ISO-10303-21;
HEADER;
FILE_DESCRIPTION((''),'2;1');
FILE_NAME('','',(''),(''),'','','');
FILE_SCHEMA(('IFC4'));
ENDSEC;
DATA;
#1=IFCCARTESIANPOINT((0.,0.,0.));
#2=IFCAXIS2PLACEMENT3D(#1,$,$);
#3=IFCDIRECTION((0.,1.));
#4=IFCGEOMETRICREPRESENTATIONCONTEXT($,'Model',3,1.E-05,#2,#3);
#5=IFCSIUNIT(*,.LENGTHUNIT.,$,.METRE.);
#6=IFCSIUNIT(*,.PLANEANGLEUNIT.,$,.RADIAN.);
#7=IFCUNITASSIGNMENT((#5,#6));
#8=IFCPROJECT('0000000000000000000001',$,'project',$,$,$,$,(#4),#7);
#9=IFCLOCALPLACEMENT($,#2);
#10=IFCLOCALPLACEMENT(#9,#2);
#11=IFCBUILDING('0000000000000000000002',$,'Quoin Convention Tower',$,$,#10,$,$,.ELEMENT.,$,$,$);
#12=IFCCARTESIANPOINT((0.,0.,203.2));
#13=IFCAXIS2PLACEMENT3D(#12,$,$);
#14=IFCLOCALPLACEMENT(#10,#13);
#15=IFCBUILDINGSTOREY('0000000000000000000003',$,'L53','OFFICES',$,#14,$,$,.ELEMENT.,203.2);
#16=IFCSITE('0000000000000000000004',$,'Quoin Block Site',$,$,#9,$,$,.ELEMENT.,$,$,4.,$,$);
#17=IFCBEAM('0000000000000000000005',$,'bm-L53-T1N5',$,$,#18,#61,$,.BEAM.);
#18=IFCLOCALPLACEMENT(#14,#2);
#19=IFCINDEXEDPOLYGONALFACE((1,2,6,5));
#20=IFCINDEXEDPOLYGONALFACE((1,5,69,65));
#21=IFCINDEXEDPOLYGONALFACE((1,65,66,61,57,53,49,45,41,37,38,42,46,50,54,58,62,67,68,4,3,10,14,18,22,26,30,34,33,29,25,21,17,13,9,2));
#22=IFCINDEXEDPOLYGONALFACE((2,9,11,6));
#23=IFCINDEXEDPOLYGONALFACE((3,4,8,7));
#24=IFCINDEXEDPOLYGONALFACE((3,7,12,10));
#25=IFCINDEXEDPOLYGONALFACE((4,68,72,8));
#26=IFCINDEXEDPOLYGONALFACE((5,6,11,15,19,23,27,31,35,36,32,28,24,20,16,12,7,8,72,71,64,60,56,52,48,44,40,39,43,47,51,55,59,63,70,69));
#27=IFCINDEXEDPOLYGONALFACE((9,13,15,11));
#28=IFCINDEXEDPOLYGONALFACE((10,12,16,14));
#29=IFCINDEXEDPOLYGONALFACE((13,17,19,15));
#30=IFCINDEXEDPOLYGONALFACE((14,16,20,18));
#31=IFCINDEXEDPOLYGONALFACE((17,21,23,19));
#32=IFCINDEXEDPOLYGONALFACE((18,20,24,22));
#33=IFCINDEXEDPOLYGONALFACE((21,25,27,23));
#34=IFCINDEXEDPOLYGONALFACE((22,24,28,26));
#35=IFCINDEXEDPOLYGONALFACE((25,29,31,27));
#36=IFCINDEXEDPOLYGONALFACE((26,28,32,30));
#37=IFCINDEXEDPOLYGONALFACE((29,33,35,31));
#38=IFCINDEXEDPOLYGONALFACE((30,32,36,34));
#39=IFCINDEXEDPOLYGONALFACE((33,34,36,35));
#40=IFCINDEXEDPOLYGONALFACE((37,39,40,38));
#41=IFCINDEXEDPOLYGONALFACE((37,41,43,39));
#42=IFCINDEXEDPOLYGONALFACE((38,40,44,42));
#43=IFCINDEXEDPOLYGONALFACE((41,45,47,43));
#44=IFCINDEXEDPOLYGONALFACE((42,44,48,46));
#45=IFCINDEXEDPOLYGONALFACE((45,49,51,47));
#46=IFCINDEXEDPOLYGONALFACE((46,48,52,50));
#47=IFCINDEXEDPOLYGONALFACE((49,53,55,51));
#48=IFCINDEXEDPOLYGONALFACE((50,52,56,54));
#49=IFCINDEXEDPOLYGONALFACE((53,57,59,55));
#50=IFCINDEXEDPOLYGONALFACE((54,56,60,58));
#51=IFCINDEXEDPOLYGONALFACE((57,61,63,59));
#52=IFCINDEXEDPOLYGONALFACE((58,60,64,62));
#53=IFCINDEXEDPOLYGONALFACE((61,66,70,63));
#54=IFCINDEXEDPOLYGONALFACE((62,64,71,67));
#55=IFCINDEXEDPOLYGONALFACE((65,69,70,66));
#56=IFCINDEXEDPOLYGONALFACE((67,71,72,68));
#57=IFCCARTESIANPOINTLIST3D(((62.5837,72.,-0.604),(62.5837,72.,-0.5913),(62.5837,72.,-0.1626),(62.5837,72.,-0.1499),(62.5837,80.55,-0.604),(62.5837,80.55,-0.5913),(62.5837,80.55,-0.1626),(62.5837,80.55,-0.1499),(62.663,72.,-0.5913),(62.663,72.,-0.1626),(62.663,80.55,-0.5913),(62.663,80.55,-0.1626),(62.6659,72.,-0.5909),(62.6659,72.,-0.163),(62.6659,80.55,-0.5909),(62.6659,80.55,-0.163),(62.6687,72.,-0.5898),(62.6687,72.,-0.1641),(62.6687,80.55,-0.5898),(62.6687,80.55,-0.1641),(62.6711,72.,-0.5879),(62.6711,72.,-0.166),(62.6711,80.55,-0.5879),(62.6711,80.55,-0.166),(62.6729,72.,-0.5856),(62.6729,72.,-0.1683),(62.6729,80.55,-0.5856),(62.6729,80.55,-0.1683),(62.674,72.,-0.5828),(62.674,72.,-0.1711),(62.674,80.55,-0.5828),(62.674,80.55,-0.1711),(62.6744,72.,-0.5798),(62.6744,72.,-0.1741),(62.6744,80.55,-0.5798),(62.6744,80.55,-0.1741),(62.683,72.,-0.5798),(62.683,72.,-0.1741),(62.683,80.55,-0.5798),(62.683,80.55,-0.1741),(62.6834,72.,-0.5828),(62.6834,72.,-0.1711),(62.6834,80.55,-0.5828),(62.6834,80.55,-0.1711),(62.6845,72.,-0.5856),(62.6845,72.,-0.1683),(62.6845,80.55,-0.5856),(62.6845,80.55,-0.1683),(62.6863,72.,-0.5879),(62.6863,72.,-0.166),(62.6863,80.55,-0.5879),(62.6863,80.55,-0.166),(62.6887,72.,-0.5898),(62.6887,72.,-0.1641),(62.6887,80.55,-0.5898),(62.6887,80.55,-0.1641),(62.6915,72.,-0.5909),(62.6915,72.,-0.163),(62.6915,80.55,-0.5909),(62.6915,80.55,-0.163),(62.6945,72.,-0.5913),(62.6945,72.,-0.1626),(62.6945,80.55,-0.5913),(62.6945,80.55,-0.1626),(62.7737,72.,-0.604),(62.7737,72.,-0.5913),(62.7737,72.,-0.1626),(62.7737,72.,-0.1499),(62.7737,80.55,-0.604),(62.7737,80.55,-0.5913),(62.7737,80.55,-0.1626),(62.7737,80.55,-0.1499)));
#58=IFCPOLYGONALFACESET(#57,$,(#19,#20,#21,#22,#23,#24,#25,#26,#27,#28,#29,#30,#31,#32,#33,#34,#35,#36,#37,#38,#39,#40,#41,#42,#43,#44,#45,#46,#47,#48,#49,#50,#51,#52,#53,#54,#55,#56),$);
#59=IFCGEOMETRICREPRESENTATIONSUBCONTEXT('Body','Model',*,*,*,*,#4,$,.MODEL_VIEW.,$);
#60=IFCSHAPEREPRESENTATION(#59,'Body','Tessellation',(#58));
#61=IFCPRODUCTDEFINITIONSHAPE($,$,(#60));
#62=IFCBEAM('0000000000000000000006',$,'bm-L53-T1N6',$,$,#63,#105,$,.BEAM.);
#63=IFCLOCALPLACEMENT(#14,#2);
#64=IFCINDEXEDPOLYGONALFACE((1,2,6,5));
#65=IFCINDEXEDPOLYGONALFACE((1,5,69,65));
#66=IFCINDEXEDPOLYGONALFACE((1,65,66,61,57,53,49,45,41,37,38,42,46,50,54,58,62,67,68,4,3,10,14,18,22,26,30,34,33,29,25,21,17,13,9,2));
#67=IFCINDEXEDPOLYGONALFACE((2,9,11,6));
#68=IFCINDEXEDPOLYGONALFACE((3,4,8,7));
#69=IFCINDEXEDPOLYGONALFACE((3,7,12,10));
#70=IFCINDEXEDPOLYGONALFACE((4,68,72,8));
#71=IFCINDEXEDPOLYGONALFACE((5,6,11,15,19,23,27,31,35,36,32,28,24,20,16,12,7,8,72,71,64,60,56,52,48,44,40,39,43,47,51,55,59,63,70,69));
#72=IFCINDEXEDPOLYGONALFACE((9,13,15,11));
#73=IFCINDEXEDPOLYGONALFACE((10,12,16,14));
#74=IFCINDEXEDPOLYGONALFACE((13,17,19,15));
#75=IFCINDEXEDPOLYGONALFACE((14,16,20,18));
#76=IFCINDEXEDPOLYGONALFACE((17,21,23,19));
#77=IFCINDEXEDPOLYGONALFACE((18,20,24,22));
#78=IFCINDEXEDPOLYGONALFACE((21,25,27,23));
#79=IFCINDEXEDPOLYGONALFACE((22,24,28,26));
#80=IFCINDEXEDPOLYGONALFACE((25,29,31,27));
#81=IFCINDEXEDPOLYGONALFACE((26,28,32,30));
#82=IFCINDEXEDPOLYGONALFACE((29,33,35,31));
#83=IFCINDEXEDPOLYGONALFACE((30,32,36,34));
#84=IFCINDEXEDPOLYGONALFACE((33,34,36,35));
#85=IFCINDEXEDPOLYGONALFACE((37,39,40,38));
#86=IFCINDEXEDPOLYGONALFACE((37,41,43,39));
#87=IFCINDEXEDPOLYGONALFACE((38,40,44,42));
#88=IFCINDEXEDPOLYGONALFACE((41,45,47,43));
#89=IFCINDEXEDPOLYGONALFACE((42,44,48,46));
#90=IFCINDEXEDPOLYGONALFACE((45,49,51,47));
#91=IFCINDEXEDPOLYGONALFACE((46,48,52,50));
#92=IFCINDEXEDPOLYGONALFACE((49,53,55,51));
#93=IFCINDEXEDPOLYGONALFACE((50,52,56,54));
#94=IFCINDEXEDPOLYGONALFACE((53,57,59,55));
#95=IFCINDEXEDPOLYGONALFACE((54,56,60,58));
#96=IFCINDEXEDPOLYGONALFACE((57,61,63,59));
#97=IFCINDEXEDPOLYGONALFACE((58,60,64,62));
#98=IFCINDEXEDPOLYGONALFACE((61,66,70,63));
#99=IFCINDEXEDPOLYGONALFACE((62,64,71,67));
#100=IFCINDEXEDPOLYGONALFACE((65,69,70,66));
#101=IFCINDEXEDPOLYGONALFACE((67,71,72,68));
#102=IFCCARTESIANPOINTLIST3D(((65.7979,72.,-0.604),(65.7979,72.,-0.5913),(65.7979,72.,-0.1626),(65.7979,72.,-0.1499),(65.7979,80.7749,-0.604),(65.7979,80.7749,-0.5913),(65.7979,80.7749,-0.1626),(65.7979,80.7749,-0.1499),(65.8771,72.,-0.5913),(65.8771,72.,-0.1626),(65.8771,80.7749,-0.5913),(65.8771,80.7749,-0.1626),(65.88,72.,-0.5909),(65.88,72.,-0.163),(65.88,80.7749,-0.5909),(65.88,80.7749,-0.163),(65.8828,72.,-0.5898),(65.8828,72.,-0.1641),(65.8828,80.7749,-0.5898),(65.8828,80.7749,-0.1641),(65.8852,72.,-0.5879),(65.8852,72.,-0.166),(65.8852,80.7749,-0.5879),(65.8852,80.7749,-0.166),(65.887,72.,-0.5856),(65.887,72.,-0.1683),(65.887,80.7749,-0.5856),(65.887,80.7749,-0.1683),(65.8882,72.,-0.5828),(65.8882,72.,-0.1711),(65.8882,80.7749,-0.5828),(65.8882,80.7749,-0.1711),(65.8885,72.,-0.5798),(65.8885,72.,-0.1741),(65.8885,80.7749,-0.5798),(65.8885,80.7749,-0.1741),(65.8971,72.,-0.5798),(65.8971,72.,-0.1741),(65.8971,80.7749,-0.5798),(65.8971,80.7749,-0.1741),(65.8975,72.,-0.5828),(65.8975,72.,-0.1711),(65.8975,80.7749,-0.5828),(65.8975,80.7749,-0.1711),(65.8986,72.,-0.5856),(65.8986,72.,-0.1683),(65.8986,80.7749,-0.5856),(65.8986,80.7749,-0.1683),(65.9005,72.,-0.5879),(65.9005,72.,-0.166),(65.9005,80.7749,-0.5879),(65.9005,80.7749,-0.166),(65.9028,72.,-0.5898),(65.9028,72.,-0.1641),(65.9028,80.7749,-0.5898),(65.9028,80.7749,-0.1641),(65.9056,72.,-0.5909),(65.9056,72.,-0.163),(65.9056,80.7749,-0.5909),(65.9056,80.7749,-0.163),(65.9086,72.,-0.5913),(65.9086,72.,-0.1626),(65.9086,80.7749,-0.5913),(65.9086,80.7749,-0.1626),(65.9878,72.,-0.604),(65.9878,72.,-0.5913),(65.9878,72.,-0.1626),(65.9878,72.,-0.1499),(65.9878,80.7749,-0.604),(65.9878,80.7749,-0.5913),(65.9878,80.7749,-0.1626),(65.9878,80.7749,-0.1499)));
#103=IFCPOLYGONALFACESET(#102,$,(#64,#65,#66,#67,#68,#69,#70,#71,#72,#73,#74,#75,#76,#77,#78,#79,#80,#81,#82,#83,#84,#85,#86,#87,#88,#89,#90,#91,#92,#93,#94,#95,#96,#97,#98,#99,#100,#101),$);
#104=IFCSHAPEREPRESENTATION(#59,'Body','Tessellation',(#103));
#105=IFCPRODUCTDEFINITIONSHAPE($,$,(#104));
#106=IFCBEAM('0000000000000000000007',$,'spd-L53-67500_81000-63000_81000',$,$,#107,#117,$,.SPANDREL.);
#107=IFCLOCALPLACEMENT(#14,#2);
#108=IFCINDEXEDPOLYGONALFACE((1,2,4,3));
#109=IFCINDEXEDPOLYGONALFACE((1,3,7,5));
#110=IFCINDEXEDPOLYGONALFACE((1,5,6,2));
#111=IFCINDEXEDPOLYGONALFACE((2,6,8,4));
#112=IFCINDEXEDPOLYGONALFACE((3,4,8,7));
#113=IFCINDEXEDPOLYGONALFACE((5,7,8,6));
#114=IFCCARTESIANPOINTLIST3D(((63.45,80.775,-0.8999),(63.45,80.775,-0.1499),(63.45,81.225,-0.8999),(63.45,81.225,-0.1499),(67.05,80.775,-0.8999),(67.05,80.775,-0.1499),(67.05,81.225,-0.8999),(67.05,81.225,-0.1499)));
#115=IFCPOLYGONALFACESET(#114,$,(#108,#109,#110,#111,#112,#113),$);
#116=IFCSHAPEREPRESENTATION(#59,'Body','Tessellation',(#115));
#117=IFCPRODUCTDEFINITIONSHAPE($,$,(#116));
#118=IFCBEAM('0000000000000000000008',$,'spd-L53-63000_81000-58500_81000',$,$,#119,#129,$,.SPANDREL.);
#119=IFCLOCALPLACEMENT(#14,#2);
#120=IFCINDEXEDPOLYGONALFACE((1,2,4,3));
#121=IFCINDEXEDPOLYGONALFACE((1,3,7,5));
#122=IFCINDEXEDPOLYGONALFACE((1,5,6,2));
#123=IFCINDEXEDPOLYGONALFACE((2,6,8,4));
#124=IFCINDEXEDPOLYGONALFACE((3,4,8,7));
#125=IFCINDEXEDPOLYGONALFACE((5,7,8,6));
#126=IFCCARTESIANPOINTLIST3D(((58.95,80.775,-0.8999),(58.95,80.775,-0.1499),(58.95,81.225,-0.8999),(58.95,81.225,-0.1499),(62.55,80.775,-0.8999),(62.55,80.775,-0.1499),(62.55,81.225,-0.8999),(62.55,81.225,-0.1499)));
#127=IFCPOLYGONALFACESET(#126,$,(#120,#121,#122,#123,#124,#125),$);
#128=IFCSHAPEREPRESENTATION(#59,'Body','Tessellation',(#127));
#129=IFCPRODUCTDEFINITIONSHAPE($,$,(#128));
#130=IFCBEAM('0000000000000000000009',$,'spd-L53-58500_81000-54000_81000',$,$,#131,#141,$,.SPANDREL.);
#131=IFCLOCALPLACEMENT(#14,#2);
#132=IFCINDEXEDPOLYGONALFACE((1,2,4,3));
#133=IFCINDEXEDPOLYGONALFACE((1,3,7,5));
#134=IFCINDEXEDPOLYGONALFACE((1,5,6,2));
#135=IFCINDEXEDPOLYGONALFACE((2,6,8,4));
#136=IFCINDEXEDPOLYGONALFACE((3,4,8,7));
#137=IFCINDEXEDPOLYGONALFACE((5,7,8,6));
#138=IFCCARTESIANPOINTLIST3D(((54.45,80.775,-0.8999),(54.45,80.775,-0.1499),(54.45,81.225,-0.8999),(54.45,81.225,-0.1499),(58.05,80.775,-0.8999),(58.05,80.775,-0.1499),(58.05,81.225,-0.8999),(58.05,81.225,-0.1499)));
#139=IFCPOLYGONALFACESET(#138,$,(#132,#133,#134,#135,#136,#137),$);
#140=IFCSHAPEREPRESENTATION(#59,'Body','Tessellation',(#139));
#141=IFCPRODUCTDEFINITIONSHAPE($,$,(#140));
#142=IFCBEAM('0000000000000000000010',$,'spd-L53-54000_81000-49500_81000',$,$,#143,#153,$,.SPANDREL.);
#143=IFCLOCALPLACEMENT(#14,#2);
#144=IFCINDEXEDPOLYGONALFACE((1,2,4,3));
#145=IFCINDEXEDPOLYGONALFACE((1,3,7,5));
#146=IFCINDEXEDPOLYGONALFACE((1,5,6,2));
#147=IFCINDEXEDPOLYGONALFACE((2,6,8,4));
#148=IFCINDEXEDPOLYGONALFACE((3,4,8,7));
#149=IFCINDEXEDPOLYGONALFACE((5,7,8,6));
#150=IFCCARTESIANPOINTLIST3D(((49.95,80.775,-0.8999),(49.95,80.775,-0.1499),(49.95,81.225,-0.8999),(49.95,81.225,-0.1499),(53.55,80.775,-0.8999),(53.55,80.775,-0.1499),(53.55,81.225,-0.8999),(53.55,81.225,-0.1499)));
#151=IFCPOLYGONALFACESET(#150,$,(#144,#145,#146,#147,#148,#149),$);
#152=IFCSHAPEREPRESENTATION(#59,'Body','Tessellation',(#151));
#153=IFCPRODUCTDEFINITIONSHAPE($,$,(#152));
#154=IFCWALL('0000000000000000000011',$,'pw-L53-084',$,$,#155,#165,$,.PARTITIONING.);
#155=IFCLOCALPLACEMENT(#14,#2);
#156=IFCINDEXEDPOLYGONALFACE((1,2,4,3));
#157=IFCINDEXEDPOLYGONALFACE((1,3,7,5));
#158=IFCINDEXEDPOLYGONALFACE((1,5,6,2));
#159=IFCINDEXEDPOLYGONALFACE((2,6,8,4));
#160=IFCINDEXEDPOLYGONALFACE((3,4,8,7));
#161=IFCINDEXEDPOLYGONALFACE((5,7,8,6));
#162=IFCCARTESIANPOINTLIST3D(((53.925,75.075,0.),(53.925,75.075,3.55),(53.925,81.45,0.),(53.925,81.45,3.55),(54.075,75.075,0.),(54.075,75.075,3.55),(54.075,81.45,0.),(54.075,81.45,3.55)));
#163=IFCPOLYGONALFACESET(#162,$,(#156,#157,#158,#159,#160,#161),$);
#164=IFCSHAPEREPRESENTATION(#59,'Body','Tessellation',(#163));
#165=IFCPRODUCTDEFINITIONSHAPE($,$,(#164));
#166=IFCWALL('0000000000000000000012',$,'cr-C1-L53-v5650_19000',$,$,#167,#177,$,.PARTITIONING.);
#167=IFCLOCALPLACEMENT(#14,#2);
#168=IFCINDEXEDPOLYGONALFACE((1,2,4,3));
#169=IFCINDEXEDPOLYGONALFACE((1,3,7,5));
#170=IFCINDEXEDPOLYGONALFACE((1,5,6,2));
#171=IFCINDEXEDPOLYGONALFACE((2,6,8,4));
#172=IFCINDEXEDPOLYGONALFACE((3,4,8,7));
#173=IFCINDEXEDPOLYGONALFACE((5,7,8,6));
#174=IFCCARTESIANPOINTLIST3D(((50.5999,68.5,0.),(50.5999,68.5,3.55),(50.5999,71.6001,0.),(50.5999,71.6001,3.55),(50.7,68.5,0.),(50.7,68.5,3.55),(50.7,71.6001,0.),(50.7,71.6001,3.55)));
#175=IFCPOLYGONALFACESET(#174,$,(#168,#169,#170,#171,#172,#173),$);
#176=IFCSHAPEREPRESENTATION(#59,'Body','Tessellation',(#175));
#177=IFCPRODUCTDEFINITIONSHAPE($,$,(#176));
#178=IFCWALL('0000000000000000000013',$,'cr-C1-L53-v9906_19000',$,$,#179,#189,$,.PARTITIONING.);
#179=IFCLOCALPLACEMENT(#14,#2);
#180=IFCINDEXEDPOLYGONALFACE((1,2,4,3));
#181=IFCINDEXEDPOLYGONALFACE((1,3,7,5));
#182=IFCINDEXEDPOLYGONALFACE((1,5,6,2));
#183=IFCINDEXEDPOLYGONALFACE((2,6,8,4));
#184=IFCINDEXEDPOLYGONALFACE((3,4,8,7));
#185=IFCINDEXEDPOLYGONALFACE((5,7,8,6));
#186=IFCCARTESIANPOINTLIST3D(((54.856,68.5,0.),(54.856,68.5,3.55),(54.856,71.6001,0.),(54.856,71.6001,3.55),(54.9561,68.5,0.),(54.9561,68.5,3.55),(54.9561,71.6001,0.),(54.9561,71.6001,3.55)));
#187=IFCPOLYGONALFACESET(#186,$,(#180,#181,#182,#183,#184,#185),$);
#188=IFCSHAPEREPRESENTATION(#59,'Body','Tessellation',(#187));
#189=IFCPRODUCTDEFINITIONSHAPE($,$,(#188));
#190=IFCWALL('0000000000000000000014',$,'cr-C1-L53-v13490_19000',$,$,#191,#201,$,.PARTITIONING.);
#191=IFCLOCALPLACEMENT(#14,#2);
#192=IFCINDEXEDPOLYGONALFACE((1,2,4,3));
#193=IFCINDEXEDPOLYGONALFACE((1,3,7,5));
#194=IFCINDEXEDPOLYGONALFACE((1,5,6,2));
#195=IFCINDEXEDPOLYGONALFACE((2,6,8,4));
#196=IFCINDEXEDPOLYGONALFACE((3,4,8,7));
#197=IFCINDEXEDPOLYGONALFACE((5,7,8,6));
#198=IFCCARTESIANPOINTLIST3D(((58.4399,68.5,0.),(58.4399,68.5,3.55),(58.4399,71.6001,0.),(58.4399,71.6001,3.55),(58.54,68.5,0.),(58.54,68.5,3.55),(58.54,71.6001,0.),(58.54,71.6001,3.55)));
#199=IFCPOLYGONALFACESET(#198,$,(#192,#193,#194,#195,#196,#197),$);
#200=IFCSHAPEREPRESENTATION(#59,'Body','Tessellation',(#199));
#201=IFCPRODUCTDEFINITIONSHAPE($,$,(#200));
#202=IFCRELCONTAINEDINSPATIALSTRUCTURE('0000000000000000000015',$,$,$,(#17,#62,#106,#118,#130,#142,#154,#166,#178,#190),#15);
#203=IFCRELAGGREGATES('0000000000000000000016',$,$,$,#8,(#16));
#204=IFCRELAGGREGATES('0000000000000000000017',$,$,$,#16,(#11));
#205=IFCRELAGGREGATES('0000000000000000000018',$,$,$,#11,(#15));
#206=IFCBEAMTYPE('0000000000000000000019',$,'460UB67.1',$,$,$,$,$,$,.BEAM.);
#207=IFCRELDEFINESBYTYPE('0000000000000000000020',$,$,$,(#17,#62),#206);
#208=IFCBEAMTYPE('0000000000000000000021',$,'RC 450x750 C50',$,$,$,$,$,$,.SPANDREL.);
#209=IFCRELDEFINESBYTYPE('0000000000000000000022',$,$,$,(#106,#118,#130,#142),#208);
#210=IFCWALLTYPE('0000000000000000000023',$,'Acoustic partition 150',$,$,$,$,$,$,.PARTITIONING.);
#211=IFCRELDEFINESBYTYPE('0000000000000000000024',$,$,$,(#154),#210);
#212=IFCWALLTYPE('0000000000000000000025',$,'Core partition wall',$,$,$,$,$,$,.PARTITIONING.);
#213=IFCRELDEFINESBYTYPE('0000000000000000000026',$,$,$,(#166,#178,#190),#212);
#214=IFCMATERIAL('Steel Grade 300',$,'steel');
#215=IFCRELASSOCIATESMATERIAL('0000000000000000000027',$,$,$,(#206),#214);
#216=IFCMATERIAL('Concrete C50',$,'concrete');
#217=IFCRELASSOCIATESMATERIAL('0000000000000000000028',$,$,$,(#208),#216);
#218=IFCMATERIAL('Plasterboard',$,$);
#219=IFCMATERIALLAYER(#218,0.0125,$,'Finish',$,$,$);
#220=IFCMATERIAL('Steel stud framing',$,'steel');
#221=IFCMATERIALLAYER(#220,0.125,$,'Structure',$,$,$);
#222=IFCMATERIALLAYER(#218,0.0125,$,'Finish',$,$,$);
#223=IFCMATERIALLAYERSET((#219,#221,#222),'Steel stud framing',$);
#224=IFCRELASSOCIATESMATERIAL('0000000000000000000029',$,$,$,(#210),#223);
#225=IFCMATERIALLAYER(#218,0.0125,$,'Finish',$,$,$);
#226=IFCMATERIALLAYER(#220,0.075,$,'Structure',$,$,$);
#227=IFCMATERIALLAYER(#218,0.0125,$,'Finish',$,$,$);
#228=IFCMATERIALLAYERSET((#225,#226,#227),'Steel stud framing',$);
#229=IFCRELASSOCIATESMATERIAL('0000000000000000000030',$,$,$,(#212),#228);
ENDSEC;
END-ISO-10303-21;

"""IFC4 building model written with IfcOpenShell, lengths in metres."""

from ifc_helpers import new_model, si_unit, direction, frame, frame_2d, origin, origin_2d, place, context, subcontext, project, spatial, rectangle, i_section, extrude, material, layer, layer_set, material_profile, profile_set, type_object, element, save


model = new_model("IFC4")

# Units and contexts
model_context = context("Model", 3, precision=1e-05, world=origin(), true_north=direction((0.0, 1.0)))
body_context = subcontext(model_context, "Body", "Model", "MODEL_VIEW")
ifc_project = project(units=[si_unit("LENGTHUNIT", "METRE"), si_unit("PLANEANGLEUNIT", "RADIAN")], contexts=[model_context])

# Site, building, storey
site_placement = place(None, origin())
site = spatial("IfcSite", under=ifc_project, at=site_placement, Name="Quoin Block Site", CompositionType="ELEMENT", RefElevation=4.0)
building_placement = place(site_placement, origin())
building = spatial("IfcBuilding", under=site, at=building_placement, Name="Quoin Convention Tower", CompositionType="ELEMENT")
storey_placement = place(building_placement, frame((0.0, 0.0, 203.2)))
storey = spatial("IfcBuildingStorey", under=building, at=storey_placement, Name="L53", Description="OFFICES", CompositionType="ELEMENT", Elevation=203.2)

# Shared definitions
ifc_material_1 = material(Name="Concrete C50", Category="concrete")

# Beams
ifc_material_2 = material(Name="Steel Grade 300", Category="steel")
ifc_material_profile_1 = material_profile(ifc_material_2, i_section(OverallWidth=0.1899, OverallDepth=0.4541, WebThickness=0.0085, FlangeThickness=0.0127, FilletRadius=0.0115, at=origin_2d()), Name="460UB67.1")
ifc_profile_set_1 = profile_set([ifc_material_profile_1], Name="Steel Grade 300")
beam_type_1 = type_object("IfcBeamType", Name="460UB67.1", PredefinedType="BEAM", material=ifc_profile_set_1)
beam_1_placement = place(storey_placement, frame((62.6787, 72.0, -0.377), z_axis=(0.0, 1.0, 0.0), x_axis=(-1.0, 0.0, 0.0)))
element("IfcBeam", 1, at=beam_1_placement, inside=storey, type_object=beam_type_1, Name="bm-L53-T1N5", PredefinedType="BEAM", context=body_context, shape_type="SweptSolid", body=[
    extrude(i_section(OverallWidth=0.1899, OverallDepth=0.4541, WebThickness=0.0085, FlangeThickness=0.0127, FilletRadius=0.0115, at=origin_2d()), origin(), (0.0, 0.0, 1.0), 8.55),
])
beam_2_placement = place(storey_placement, frame((65.8928, 72.0, -0.377), z_axis=(0.0, 1.0, 0.0), x_axis=(-1.0, 0.0, 0.0)))
element("IfcBeam", 2, at=beam_2_placement, inside=storey, type_object=beam_type_1, Name="bm-L53-T1N6", PredefinedType="BEAM", context=body_context, shape_type="SweptSolid", body=[
    extrude(i_section(OverallWidth=0.1899, OverallDepth=0.4541, WebThickness=0.0085, FlangeThickness=0.0127, FilletRadius=0.0115, at=origin_2d()), origin(), (0.0, 0.0, 1.0), 8.7749),
])
ifc_material_profile_2 = material_profile(ifc_material_1, rectangle(XDim=0.45, YDim=0.75, at=origin_2d()), Name="RC 450x750")
ifc_profile_set_2 = profile_set([ifc_material_profile_2], Name="Concrete C50")
beam_type_2 = type_object("IfcBeamType", Name="RC 450x750 C50", PredefinedType="SPANDREL", material=ifc_profile_set_2)
for number, where, z_axis, x_axis, name in (
    (3, (67.05, 81.0, -0.5249), (-1.0, 0.0, 0.0), (0.0, -1.0, 0.0), "spd-L53-67500_81000-63000_81000"),
    (4, (62.55, 81.0, -0.5249), (-1.0, 0.0, 0.0), (0.0, -1.0, 0.0), "spd-L53-63000_81000-58500_81000"),
    (5, (58.05, 81.0, -0.5249), (-1.0, 0.0, 0.0), (0.0, -1.0, 0.0), "spd-L53-58500_81000-54000_81000"),
    (6, (53.55, 81.0, -0.5249), (-1.0, 0.0, 0.0), (0.0, -1.0, 0.0), "spd-L53-54000_81000-49500_81000"),
):
    element("IfcBeam", number, at=place(storey_placement, frame(where, z_axis=z_axis, x_axis=x_axis)), inside=storey, type_object=beam_type_2, Name=name, PredefinedType="SPANDREL", context=body_context, shape_type="SweptSolid", body=[
        extrude(rectangle(XDim=0.45, YDim=0.75, at=origin_2d()), origin(), (0.0, 0.0, 1.0), 3.6001),
    ])

# Walls
ifc_material_3 = material(Name="Plasterboard")
ifc_layer_1 = layer(ifc_material_3, 0.0125, Name="Finish")
ifc_material_4 = material(Name="Steel stud framing", Category="steel")
ifc_layer_2 = layer(ifc_material_4, 0.125, Name="Structure")
ifc_layer_3 = layer(ifc_material_3, 0.0125, Name="Finish")
ifc_layer_set_1 = layer_set([ifc_layer_1, ifc_layer_2, ifc_layer_3], Name="Steel stud framing")
wall_type_1 = type_object("IfcWallType", Name="Acoustic partition 150", PredefinedType="PARTITIONING", material=ifc_layer_set_1)
wall_1_placement = place(storey_placement, frame((54.0, 75.075, 0.0), z_axis=(0.0, 0.0, 1.0), x_axis=(0.0, 1.0, 0.0)))
element("IfcWall", 7, at=wall_1_placement, inside=storey, type_object=wall_type_1, Name="pw-L53-084", PredefinedType="PARTITIONING", context=body_context, shape_type="SweptSolid", body=[
    extrude(rectangle(XDim=6.375, YDim=0.1499, at=frame_2d((3.1875, 0.0))), origin(), (0.0, 0.0, 1.0), 3.55),
])
ifc_layer_4 = layer(ifc_material_3, 0.0125, Name="Finish")
ifc_layer_5 = layer(ifc_material_4, 0.075, Name="Structure")
ifc_layer_6 = layer(ifc_material_3, 0.0125, Name="Finish")
ifc_layer_set_2 = layer_set([ifc_layer_4, ifc_layer_5, ifc_layer_6], Name="Steel stud framing")
wall_type_2 = type_object("IfcWallType", Name="Core partition wall", PredefinedType="PARTITIONING", material=ifc_layer_set_2)
for number, where, z_axis, x_axis, name in (
    (8, (50.6499, 68.5, 0.0), (0.0, 0.0, 1.0), (0.0, 1.0, 0.0), "cr-C1-L53-v5650_19000"),
    (9, (54.906, 68.5, 0.0), (0.0, 0.0, 1.0), (0.0, 1.0, 0.0), "cr-C1-L53-v9906_19000"),
    (10, (58.49, 68.5, 0.0), (0.0, 0.0, 1.0), (0.0, 1.0, 0.0), "cr-C1-L53-v13490_19000"),
):
    element("IfcWall", number, at=place(storey_placement, frame(where, z_axis=z_axis, x_axis=x_axis)), inside=storey, type_object=wall_type_2, Name=name, PredefinedType="PARTITIONING", context=body_context, shape_type="SweptSolid", body=[
        extrude(rectangle(XDim=3.1001, YDim=0.1001, at=frame_2d((1.55, 0.0))), origin(), (0.0, 0.0, 1.0), 3.55),
    ])

save(model, "model.ifc")
